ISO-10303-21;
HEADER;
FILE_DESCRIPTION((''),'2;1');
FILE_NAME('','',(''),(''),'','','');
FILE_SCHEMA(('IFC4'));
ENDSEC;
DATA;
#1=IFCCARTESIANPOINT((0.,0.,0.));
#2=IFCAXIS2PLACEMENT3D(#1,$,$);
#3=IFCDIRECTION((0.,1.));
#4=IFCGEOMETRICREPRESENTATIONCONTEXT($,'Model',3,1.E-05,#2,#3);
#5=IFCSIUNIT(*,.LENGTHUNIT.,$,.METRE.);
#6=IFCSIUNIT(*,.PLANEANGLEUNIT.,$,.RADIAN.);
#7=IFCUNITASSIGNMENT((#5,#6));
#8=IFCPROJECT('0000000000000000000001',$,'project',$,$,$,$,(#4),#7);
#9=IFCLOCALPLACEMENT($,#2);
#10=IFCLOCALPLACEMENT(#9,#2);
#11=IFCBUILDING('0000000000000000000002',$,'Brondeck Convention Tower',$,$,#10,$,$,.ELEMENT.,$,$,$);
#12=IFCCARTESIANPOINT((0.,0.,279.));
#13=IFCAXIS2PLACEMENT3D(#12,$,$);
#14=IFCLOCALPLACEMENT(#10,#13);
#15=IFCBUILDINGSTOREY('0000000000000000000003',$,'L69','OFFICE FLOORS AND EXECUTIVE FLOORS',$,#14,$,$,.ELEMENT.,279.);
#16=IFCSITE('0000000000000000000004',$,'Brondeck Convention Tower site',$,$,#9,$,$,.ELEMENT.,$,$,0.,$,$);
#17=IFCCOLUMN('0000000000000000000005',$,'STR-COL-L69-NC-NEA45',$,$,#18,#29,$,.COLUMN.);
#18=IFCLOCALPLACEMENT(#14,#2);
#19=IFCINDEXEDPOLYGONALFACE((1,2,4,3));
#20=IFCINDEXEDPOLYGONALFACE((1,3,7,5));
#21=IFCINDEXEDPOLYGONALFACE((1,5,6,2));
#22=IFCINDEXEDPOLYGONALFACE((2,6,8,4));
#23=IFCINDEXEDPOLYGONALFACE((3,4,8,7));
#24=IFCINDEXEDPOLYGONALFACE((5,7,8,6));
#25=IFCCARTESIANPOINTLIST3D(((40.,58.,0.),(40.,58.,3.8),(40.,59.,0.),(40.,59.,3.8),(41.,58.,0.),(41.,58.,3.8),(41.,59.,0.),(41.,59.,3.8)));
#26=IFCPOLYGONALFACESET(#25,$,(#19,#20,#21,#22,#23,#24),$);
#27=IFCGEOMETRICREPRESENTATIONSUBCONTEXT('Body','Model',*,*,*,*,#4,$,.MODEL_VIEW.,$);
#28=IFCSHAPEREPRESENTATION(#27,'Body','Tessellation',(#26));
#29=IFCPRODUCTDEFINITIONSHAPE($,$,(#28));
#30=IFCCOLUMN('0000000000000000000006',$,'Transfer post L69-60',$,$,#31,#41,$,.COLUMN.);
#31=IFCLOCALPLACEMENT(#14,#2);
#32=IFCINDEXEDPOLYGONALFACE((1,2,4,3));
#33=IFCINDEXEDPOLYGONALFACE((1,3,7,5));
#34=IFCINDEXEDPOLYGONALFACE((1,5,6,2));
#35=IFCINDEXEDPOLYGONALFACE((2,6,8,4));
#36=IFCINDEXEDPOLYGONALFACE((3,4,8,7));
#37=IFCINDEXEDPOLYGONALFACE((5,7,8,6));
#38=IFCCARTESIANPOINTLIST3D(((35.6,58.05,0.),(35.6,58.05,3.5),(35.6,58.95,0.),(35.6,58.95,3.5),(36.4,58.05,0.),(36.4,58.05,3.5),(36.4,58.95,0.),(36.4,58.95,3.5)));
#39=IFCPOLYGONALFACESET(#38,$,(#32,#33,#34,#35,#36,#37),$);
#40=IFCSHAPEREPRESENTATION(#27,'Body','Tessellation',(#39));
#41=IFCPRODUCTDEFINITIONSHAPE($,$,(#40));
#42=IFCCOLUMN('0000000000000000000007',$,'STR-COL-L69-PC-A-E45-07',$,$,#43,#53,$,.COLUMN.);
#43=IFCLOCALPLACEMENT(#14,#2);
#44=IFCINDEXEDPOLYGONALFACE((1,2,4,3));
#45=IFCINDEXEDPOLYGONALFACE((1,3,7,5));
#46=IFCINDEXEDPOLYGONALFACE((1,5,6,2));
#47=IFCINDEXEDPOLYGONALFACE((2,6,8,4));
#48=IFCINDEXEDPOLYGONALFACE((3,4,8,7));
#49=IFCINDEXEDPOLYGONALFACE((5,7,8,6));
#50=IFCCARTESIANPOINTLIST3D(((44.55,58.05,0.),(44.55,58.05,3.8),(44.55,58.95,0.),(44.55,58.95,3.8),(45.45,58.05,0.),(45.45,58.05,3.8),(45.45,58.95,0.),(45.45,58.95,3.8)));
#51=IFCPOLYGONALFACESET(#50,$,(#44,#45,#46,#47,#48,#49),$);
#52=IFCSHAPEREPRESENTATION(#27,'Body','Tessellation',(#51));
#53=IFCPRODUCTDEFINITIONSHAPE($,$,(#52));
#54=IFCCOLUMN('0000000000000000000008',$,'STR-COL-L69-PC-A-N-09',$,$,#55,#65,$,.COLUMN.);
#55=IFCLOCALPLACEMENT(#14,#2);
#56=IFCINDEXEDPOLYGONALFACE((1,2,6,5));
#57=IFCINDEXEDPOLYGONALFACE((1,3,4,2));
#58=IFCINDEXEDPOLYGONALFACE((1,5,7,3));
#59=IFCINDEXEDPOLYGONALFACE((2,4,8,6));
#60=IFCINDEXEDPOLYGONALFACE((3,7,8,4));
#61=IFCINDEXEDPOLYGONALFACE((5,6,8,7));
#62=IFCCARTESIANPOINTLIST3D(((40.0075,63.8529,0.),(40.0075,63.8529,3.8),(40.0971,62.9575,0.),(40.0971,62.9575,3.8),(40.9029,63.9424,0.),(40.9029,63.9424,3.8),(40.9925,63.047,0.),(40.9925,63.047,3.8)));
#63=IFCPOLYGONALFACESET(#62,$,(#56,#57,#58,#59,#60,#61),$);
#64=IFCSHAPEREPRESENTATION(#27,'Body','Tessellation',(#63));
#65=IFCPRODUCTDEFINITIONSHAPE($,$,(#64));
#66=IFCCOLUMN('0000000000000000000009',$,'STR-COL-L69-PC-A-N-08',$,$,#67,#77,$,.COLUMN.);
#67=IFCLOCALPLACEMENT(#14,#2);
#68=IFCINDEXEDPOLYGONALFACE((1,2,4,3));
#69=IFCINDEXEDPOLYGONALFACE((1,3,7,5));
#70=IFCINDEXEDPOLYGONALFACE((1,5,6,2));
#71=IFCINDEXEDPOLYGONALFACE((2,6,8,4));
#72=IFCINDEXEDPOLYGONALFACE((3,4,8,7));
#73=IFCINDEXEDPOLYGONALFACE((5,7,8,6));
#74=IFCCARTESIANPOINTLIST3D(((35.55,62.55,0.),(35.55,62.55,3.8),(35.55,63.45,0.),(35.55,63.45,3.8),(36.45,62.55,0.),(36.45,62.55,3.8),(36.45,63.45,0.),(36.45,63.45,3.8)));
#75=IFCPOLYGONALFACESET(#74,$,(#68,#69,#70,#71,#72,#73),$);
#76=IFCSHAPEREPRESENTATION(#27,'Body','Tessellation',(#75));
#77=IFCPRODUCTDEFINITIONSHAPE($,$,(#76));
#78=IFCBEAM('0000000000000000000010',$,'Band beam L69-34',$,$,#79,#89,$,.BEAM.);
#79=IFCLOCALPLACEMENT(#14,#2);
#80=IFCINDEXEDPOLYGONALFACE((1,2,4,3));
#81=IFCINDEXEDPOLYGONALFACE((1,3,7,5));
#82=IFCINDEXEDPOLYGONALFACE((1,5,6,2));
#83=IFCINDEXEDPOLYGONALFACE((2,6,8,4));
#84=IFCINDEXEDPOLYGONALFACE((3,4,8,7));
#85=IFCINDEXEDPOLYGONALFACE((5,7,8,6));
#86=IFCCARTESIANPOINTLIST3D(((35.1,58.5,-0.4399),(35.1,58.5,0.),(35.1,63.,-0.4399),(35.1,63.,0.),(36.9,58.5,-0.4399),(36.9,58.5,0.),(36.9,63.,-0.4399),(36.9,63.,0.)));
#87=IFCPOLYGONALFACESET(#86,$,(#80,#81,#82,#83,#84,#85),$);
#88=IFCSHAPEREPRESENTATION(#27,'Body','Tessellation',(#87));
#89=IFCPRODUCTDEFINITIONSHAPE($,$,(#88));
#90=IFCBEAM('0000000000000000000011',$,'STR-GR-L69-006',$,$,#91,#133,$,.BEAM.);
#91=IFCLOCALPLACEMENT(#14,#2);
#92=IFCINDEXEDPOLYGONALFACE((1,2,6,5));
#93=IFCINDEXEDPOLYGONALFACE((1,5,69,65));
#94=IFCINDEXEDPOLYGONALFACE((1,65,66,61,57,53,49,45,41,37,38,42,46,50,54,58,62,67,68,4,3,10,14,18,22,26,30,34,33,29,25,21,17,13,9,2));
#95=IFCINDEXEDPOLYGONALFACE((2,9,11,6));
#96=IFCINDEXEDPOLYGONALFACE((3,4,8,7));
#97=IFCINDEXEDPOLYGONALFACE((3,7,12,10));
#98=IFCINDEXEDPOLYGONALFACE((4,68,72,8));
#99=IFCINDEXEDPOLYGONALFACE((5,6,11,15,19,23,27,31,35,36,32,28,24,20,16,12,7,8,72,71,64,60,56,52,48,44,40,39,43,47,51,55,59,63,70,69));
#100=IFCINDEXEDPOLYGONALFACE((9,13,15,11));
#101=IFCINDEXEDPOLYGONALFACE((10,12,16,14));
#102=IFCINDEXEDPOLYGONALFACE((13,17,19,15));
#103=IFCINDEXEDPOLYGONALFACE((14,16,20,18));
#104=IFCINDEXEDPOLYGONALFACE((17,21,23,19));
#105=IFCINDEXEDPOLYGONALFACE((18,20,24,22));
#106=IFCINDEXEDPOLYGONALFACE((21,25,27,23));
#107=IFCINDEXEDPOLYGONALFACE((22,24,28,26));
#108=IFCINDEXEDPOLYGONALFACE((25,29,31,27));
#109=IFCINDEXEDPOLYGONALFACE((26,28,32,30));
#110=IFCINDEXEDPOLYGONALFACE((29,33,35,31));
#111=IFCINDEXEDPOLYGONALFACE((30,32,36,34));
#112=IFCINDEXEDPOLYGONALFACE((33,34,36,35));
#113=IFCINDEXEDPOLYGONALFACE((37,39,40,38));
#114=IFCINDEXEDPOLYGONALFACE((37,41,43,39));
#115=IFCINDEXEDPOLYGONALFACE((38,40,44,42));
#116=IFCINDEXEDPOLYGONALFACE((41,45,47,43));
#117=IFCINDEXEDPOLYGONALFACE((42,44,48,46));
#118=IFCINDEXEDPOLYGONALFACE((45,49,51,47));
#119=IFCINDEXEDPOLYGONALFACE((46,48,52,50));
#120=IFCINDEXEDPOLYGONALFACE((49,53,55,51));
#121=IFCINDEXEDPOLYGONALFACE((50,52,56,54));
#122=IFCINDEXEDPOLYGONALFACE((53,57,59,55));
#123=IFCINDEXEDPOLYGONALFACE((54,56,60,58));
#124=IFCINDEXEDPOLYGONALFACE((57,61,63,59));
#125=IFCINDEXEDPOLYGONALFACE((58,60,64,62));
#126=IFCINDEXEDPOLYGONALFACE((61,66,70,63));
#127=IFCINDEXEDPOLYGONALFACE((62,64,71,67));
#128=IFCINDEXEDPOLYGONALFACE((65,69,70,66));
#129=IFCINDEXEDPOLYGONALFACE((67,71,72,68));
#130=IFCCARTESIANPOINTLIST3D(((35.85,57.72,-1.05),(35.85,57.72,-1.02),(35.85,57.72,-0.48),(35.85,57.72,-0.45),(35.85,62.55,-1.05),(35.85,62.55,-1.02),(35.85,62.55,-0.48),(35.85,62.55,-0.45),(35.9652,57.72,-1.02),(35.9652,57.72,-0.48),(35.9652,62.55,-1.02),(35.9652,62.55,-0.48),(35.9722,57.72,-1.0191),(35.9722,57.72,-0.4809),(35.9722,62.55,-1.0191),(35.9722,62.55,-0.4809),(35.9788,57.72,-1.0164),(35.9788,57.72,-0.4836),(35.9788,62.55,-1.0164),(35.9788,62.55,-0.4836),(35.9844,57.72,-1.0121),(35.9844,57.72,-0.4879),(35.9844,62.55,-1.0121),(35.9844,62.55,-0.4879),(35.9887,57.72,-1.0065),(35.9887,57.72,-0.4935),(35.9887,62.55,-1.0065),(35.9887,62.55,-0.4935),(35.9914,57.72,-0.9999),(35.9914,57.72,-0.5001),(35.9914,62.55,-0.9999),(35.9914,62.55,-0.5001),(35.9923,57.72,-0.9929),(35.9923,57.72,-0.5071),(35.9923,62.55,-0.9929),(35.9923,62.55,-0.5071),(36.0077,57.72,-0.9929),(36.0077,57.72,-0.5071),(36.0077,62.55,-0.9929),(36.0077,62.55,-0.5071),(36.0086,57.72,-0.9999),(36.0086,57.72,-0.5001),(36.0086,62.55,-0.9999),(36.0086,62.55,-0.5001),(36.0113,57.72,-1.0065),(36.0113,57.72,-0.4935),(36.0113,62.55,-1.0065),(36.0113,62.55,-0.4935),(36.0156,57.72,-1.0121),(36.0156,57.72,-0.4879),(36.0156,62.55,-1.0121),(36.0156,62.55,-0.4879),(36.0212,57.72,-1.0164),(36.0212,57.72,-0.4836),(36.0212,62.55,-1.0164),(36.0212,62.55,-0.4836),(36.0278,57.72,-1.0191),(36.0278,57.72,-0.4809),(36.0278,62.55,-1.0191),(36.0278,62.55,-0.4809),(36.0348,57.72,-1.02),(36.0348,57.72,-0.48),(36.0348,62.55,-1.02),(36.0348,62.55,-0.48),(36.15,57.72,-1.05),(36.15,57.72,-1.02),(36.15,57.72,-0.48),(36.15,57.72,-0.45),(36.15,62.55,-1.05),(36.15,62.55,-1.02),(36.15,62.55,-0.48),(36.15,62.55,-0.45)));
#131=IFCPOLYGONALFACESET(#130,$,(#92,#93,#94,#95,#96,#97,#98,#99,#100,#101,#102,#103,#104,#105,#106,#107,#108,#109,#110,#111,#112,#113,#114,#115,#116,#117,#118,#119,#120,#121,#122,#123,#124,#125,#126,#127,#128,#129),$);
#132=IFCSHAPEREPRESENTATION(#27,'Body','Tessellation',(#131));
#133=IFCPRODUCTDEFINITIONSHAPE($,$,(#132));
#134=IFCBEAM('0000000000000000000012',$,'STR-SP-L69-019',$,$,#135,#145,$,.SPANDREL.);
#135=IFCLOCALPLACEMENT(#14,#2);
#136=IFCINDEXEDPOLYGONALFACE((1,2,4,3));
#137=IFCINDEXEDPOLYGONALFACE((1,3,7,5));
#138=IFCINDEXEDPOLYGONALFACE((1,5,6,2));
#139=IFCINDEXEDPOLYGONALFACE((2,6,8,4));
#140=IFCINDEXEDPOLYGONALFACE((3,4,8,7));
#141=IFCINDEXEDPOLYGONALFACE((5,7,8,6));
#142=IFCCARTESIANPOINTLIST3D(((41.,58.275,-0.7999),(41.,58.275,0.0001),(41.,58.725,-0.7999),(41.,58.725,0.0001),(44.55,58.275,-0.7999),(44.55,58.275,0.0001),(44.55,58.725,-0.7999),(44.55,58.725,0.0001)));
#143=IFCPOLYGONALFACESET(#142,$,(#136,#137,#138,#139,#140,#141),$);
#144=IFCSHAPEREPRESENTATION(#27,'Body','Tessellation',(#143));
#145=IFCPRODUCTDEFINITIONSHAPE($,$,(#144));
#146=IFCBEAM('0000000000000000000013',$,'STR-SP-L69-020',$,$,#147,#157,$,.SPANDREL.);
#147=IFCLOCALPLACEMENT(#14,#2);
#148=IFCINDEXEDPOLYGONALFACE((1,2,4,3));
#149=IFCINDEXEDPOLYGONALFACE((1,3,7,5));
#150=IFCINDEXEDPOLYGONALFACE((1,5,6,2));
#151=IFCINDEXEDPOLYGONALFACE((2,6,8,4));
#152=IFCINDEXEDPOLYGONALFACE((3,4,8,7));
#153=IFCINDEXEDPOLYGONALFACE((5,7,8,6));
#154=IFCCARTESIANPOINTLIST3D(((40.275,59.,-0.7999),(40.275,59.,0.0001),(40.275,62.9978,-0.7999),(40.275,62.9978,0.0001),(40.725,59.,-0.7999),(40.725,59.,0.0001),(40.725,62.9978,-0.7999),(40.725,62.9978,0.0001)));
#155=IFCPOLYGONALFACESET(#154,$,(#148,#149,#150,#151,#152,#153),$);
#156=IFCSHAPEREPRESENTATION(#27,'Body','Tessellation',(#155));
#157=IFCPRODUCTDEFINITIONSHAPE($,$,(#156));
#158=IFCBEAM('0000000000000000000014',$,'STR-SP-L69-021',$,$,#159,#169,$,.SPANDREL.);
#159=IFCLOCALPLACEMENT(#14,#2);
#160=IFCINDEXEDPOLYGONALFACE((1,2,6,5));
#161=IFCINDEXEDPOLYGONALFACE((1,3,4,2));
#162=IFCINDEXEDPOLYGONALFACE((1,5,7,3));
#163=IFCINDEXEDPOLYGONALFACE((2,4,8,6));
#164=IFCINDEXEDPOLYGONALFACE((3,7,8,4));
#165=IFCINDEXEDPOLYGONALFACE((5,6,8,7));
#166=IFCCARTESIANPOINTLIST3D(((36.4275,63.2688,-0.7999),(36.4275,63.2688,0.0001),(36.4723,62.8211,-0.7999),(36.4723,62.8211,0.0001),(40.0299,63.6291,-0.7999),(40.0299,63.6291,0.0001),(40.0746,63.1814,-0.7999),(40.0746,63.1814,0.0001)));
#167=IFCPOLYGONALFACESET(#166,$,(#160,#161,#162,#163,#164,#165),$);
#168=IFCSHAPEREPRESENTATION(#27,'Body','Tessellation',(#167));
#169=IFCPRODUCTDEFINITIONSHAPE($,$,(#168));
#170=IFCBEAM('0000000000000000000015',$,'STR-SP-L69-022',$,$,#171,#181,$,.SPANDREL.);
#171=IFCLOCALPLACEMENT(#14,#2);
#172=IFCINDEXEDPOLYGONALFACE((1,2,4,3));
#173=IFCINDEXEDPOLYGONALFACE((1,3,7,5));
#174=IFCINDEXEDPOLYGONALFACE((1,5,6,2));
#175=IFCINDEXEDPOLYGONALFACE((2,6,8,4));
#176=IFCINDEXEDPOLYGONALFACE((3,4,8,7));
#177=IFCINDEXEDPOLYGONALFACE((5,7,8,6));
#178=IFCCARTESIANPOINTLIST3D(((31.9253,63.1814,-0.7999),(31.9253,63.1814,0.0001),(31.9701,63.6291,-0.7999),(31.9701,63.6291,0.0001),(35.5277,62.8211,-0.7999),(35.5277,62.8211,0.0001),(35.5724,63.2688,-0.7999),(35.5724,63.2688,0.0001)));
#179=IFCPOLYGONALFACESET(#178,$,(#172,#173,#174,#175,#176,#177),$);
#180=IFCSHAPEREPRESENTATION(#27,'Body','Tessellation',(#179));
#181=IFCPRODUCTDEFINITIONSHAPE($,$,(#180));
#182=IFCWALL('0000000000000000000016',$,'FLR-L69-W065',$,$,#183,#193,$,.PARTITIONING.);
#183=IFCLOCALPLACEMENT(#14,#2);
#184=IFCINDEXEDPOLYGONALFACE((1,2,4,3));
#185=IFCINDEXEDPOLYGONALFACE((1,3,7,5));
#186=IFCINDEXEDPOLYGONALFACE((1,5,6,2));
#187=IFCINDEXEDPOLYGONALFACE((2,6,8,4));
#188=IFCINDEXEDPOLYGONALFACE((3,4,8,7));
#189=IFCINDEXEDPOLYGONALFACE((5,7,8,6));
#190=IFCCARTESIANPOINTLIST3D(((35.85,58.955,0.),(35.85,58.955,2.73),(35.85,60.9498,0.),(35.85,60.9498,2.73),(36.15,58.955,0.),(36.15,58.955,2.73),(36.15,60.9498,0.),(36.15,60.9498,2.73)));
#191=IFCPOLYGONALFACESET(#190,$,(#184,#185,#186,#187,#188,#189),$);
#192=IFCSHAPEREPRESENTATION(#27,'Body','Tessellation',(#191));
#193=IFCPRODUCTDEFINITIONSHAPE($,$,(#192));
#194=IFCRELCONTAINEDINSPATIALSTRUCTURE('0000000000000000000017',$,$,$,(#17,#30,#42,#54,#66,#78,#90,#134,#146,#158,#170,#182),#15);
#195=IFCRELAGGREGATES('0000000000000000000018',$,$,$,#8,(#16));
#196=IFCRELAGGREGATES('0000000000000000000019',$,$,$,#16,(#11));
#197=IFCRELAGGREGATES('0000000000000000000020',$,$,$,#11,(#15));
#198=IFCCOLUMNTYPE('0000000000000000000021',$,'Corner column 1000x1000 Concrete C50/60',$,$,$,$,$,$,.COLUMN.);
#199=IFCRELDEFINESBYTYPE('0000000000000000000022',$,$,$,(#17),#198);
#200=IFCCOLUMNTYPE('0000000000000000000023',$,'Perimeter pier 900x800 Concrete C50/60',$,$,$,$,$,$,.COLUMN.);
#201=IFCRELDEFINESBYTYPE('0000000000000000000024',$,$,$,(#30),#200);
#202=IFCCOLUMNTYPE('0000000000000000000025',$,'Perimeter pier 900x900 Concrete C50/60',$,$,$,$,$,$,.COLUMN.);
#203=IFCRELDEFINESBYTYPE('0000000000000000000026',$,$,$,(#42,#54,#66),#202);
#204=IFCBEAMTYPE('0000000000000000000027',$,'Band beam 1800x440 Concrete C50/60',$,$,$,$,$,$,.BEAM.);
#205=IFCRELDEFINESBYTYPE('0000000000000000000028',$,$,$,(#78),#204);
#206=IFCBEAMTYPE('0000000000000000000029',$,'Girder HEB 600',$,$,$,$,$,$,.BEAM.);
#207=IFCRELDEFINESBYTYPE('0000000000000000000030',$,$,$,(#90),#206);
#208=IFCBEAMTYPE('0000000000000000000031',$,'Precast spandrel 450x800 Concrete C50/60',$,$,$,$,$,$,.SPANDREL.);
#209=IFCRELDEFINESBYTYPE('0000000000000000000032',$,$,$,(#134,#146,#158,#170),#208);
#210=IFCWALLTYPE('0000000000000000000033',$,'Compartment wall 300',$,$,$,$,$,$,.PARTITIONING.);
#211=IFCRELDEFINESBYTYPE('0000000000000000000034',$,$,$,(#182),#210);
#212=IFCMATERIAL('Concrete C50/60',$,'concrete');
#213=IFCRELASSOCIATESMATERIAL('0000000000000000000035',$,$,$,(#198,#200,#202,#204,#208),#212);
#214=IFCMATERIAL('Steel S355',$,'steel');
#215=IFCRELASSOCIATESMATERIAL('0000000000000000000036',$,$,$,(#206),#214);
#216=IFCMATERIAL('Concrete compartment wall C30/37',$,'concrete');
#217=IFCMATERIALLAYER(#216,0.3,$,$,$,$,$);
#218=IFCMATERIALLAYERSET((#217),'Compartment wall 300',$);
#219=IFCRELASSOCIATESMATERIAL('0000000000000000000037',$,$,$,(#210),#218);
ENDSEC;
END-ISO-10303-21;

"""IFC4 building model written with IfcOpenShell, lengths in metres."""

from ifc_helpers import new_model, si_unit, direction, frame, frame_2d, origin, origin_2d, place, context, subcontext, project, spatial, rectangle, i_section, extrude, material, layer, layer_set, material_profile, profile_set, type_object, element, save


model = new_model("IFC4")

# Units and contexts
model_context = context("Model", 3, precision=1e-05, world=origin(), true_north=direction((0.0, 1.0)))
body_context = subcontext(model_context, "Body", "Model", "MODEL_VIEW")
ifc_project = project(units=[si_unit("LENGTHUNIT", "METRE"), si_unit("PLANEANGLEUNIT", "RADIAN")], contexts=[model_context])

# Site, building, storey
site_placement = place(None, origin())
site = spatial("IfcSite", under=ifc_project, at=site_placement, Name="Brondeck Convention Tower site", CompositionType="ELEMENT", RefElevation=0.0)
building_placement = place(site_placement, origin())
building = spatial("IfcBuilding", under=site, at=building_placement, Name="Brondeck Convention Tower", CompositionType="ELEMENT")
storey_placement = place(building_placement, frame((0.0, 0.0, 279.0)))
storey = spatial("IfcBuildingStorey", under=building, at=storey_placement, Name="L69", Description="OFFICE FLOORS AND EXECUTIVE FLOORS", CompositionType="ELEMENT", Elevation=279.0)

# Columns
ifc_material_1 = material(Name="Concrete C50/60", Category="concrete")
ifc_material_profile_1 = material_profile(ifc_material_1, rectangle(XDim=1.0, YDim=1.0, at=origin_2d()), Name="Corner column 1000x1000 Concrete C50/60")
ifc_profile_set_1 = profile_set([ifc_material_profile_1], Name="Concrete C50/60")
column_type_1 = type_object("IfcColumnType", Name="Corner column 1000x1000 Concrete C50/60", PredefinedType="COLUMN", material=ifc_profile_set_1)
column_1_placement = place(storey_placement, frame((40.5, 58.5, 0.0), z_axis=(0.0, 0.0, 1.0), x_axis=(1.0, 0.0, 0.0)))
element("IfcColumn", 1, at=column_1_placement, inside=storey, type_object=column_type_1, Name="STR-COL-L69-NC-NEA45", PredefinedType="COLUMN", context=body_context, shape_type="SweptSolid", body=[
    extrude(rectangle(XDim=1.0, YDim=1.0, at=origin_2d()), origin(), (0.0, 0.0, 1.0), 3.8),
])
ifc_material_profile_2 = material_profile(ifc_material_1, rectangle(XDim=0.8999, YDim=0.8, at=origin_2d()), Name="Perimeter pier 900x800 Concrete C50/60")
ifc_profile_set_2 = profile_set([ifc_material_profile_2], Name="Concrete C50/60")
column_type_2 = type_object("IfcColumnType", Name="Perimeter pier 900x800 Concrete C50/60", PredefinedType="COLUMN", material=ifc_profile_set_2)
column_2_placement = place(storey_placement, frame((36.0, 58.5, 0.0), z_axis=(0.0, 0.0, 1.0), x_axis=(0.0, 1.0, 0.0)))
element("IfcColumn", 2, at=column_2_placement, inside=storey, type_object=column_type_2, Name="Transfer post L69-60", PredefinedType="COLUMN", context=body_context, shape_type="SweptSolid", body=[
    extrude(rectangle(XDim=0.8999, YDim=0.8, at=origin_2d()), origin(), (0.0, 0.0, 1.0), 3.5),
])
ifc_material_profile_3 = material_profile(ifc_material_1, rectangle(XDim=0.8999, YDim=0.8999, at=origin_2d()), Name="Perimeter pier 900x900 Concrete C50/60")
ifc_profile_set_3 = profile_set([ifc_material_profile_3], Name="Concrete C50/60")
column_type_3 = type_object("IfcColumnType", Name="Perimeter pier 900x900 Concrete C50/60", PredefinedType="COLUMN", material=ifc_profile_set_3)
for number, where, z_axis, x_axis, name in (
    (3, (45.0, 58.5, 0.0), (0.0, 0.0, 1.0), (0.0, 1.0, 0.0), "STR-COL-L69-PC-A-E45-07"),
    (4, (40.5, 63.45, 0.0), (0.0, 0.0, 1.0), (-0.995037, -0.099504, 0.0), "STR-COL-L69-PC-A-N-09"),
    (5, (36.0, 63.0, 0.0), (0.0, 0.0, 1.0), (-1.0, 0.0, 0.0), "STR-COL-L69-PC-A-N-08"),
):
    element("IfcColumn", number, at=place(storey_placement, frame(where, z_axis=z_axis, x_axis=x_axis)), inside=storey, type_object=column_type_3, Name=name, PredefinedType="COLUMN", context=body_context, shape_type="SweptSolid", body=[
        extrude(rectangle(XDim=0.8999, YDim=0.8999, at=origin_2d()), origin(), (0.0, 0.0, 1.0), 3.8),
    ])

# Beams
ifc_material_profile_4 = material_profile(ifc_material_1, rectangle(XDim=1.8, YDim=0.4399, at=origin_2d()), Name="Band beam 1800x440 Concrete C50/60")
ifc_profile_set_4 = profile_set([ifc_material_profile_4], Name="Concrete C50/60")
beam_type_1 = type_object("IfcBeamType", Name="Band beam 1800x440 Concrete C50/60", PredefinedType="BEAM", material=ifc_profile_set_4)
beam_1_placement = place(storey_placement, frame((36.0, 58.5, -0.22), z_axis=(0.0, 1.0, 0.0), x_axis=(-1.0, 0.0, 0.0)))
element("IfcBeam", 6, at=beam_1_placement, inside=storey, type_object=beam_type_1, Name="Band beam L69-34", PredefinedType="BEAM", context=body_context, shape_type="SweptSolid", body=[
    extrude(rectangle(XDim=1.8, YDim=0.4399, at=origin_2d()), origin(), (0.0, 0.0, 1.0), 4.5),
])
ifc_material_2 = material(Name="Steel S355", Category="steel")
ifc_material_profile_5 = material_profile(ifc_material_2, i_section(OverallWidth=0.3, OverallDepth=0.6001, WebThickness=0.0154, FlangeThickness=0.03, FilletRadius=0.0271, at=origin_2d()), Name="HEB 600")
ifc_profile_set_5 = profile_set([ifc_material_profile_5], Name="Steel S355")
beam_type_2 = type_object("IfcBeamType", Name="Girder HEB 600", PredefinedType="BEAM", material=ifc_profile_set_5)
beam_2_placement = place(storey_placement, frame((36.0, 57.72, -0.75), z_axis=(0.0, 1.0, 0.0), x_axis=(-1.0, 0.0, 0.0)))
element("IfcBeam", 7, at=beam_2_placement, inside=storey, type_object=beam_type_2, Name="STR-GR-L69-006", PredefinedType="BEAM", context=body_context, shape_type="SweptSolid", body=[
    extrude(i_section(OverallWidth=0.3, OverallDepth=0.6001, WebThickness=0.0154, FlangeThickness=0.03, FilletRadius=0.0271, at=origin_2d()), origin(), (0.0, 0.0, 1.0), 4.8301),
])
ifc_material_profile_6 = material_profile(ifc_material_1, rectangle(XDim=0.45, YDim=0.8, at=origin_2d()), Name="Precast spandrel 450x800 Concrete C50/60")
ifc_profile_set_6 = profile_set([ifc_material_profile_6], Name="Concrete C50/60")
beam_type_3 = type_object("IfcBeamType", Name="Precast spandrel 450x800 Concrete C50/60", PredefinedType="SPANDREL", material=ifc_profile_set_6)
beam_3_placement = place(storey_placement, frame((44.55, 58.5, -0.3999), z_axis=(-1.0, 0.0, 0.0), x_axis=(0.0, -1.0, 0.0)))
element("IfcBeam", 8, at=beam_3_placement, inside=storey, type_object=beam_type_3, Name="STR-SP-L69-019", PredefinedType="SPANDREL", context=body_context, shape_type="SweptSolid", body=[
    extrude(rectangle(XDim=0.45, YDim=0.8, at=origin_2d()), origin(), (0.0, 0.0, 1.0), 3.55),
])
beam_4_placement = place(storey_placement, frame((40.5, 59.0, -0.3999), z_axis=(0.0, 1.0, 0.0), x_axis=(-1.0, 0.0, 0.0)))
element("IfcBeam", 9, at=beam_4_placement, inside=storey, type_object=beam_type_3, Name="STR-SP-L69-020", PredefinedType="SPANDREL", context=body_context, shape_type="SweptSolid", body=[
    extrude(rectangle(XDim=0.45, YDim=0.8, at=origin_2d()), origin(), (0.0, 0.0, 1.0), 3.9978),
])
for number, where, z_axis, x_axis, name in (
    (10, (40.0522, 63.4053, -0.3999), (-0.995034, -0.099537, 0.0), (0.099537, -0.995034, 0.0), "STR-SP-L69-021"),
    (11, (35.55, 63.0449, -0.3999), (-0.995034, 0.099537, 0.0), (-0.099537, -0.995034, 0.0), "STR-SP-L69-022"),
):
    element("IfcBeam", number, at=place(storey_placement, frame(where, z_axis=z_axis, x_axis=x_axis)), inside=storey, type_object=beam_type_3, Name=name, PredefinedType="SPANDREL", context=body_context, shape_type="SweptSolid", body=[
        extrude(rectangle(XDim=0.45, YDim=0.8, at=origin_2d()), origin(), (0.0, 0.0, 1.0), 3.6204),
    ])

# Wall
ifc_material_3 = material(Name="Concrete compartment wall C30/37", Category="concrete")
ifc_layer_1 = layer(ifc_material_3, 0.3)
ifc_layer_set_1 = layer_set([ifc_layer_1], Name="Compartment wall 300")
wall_type_1 = type_object("IfcWallType", Name="Compartment wall 300", PredefinedType="PARTITIONING", material=ifc_layer_set_1)
wall_1_placement = place(storey_placement, frame((36.0, 60.95, 0.0), z_axis=(0.0, 0.0, 1.0), x_axis=(0.0, -1.0, 0.0)))
element("IfcWall", 12, at=wall_1_placement, inside=storey, type_object=wall_type_1, Name="FLR-L69-W065", PredefinedType="PARTITIONING", context=body_context, shape_type="SweptSolid", body=[
    extrude(rectangle(XDim=1.9949, YDim=0.3, at=frame_2d((0.9976, 0.0))), origin(), (0.0, 0.0, 1.0), 2.73),
])

save(model, "model.ifc")
